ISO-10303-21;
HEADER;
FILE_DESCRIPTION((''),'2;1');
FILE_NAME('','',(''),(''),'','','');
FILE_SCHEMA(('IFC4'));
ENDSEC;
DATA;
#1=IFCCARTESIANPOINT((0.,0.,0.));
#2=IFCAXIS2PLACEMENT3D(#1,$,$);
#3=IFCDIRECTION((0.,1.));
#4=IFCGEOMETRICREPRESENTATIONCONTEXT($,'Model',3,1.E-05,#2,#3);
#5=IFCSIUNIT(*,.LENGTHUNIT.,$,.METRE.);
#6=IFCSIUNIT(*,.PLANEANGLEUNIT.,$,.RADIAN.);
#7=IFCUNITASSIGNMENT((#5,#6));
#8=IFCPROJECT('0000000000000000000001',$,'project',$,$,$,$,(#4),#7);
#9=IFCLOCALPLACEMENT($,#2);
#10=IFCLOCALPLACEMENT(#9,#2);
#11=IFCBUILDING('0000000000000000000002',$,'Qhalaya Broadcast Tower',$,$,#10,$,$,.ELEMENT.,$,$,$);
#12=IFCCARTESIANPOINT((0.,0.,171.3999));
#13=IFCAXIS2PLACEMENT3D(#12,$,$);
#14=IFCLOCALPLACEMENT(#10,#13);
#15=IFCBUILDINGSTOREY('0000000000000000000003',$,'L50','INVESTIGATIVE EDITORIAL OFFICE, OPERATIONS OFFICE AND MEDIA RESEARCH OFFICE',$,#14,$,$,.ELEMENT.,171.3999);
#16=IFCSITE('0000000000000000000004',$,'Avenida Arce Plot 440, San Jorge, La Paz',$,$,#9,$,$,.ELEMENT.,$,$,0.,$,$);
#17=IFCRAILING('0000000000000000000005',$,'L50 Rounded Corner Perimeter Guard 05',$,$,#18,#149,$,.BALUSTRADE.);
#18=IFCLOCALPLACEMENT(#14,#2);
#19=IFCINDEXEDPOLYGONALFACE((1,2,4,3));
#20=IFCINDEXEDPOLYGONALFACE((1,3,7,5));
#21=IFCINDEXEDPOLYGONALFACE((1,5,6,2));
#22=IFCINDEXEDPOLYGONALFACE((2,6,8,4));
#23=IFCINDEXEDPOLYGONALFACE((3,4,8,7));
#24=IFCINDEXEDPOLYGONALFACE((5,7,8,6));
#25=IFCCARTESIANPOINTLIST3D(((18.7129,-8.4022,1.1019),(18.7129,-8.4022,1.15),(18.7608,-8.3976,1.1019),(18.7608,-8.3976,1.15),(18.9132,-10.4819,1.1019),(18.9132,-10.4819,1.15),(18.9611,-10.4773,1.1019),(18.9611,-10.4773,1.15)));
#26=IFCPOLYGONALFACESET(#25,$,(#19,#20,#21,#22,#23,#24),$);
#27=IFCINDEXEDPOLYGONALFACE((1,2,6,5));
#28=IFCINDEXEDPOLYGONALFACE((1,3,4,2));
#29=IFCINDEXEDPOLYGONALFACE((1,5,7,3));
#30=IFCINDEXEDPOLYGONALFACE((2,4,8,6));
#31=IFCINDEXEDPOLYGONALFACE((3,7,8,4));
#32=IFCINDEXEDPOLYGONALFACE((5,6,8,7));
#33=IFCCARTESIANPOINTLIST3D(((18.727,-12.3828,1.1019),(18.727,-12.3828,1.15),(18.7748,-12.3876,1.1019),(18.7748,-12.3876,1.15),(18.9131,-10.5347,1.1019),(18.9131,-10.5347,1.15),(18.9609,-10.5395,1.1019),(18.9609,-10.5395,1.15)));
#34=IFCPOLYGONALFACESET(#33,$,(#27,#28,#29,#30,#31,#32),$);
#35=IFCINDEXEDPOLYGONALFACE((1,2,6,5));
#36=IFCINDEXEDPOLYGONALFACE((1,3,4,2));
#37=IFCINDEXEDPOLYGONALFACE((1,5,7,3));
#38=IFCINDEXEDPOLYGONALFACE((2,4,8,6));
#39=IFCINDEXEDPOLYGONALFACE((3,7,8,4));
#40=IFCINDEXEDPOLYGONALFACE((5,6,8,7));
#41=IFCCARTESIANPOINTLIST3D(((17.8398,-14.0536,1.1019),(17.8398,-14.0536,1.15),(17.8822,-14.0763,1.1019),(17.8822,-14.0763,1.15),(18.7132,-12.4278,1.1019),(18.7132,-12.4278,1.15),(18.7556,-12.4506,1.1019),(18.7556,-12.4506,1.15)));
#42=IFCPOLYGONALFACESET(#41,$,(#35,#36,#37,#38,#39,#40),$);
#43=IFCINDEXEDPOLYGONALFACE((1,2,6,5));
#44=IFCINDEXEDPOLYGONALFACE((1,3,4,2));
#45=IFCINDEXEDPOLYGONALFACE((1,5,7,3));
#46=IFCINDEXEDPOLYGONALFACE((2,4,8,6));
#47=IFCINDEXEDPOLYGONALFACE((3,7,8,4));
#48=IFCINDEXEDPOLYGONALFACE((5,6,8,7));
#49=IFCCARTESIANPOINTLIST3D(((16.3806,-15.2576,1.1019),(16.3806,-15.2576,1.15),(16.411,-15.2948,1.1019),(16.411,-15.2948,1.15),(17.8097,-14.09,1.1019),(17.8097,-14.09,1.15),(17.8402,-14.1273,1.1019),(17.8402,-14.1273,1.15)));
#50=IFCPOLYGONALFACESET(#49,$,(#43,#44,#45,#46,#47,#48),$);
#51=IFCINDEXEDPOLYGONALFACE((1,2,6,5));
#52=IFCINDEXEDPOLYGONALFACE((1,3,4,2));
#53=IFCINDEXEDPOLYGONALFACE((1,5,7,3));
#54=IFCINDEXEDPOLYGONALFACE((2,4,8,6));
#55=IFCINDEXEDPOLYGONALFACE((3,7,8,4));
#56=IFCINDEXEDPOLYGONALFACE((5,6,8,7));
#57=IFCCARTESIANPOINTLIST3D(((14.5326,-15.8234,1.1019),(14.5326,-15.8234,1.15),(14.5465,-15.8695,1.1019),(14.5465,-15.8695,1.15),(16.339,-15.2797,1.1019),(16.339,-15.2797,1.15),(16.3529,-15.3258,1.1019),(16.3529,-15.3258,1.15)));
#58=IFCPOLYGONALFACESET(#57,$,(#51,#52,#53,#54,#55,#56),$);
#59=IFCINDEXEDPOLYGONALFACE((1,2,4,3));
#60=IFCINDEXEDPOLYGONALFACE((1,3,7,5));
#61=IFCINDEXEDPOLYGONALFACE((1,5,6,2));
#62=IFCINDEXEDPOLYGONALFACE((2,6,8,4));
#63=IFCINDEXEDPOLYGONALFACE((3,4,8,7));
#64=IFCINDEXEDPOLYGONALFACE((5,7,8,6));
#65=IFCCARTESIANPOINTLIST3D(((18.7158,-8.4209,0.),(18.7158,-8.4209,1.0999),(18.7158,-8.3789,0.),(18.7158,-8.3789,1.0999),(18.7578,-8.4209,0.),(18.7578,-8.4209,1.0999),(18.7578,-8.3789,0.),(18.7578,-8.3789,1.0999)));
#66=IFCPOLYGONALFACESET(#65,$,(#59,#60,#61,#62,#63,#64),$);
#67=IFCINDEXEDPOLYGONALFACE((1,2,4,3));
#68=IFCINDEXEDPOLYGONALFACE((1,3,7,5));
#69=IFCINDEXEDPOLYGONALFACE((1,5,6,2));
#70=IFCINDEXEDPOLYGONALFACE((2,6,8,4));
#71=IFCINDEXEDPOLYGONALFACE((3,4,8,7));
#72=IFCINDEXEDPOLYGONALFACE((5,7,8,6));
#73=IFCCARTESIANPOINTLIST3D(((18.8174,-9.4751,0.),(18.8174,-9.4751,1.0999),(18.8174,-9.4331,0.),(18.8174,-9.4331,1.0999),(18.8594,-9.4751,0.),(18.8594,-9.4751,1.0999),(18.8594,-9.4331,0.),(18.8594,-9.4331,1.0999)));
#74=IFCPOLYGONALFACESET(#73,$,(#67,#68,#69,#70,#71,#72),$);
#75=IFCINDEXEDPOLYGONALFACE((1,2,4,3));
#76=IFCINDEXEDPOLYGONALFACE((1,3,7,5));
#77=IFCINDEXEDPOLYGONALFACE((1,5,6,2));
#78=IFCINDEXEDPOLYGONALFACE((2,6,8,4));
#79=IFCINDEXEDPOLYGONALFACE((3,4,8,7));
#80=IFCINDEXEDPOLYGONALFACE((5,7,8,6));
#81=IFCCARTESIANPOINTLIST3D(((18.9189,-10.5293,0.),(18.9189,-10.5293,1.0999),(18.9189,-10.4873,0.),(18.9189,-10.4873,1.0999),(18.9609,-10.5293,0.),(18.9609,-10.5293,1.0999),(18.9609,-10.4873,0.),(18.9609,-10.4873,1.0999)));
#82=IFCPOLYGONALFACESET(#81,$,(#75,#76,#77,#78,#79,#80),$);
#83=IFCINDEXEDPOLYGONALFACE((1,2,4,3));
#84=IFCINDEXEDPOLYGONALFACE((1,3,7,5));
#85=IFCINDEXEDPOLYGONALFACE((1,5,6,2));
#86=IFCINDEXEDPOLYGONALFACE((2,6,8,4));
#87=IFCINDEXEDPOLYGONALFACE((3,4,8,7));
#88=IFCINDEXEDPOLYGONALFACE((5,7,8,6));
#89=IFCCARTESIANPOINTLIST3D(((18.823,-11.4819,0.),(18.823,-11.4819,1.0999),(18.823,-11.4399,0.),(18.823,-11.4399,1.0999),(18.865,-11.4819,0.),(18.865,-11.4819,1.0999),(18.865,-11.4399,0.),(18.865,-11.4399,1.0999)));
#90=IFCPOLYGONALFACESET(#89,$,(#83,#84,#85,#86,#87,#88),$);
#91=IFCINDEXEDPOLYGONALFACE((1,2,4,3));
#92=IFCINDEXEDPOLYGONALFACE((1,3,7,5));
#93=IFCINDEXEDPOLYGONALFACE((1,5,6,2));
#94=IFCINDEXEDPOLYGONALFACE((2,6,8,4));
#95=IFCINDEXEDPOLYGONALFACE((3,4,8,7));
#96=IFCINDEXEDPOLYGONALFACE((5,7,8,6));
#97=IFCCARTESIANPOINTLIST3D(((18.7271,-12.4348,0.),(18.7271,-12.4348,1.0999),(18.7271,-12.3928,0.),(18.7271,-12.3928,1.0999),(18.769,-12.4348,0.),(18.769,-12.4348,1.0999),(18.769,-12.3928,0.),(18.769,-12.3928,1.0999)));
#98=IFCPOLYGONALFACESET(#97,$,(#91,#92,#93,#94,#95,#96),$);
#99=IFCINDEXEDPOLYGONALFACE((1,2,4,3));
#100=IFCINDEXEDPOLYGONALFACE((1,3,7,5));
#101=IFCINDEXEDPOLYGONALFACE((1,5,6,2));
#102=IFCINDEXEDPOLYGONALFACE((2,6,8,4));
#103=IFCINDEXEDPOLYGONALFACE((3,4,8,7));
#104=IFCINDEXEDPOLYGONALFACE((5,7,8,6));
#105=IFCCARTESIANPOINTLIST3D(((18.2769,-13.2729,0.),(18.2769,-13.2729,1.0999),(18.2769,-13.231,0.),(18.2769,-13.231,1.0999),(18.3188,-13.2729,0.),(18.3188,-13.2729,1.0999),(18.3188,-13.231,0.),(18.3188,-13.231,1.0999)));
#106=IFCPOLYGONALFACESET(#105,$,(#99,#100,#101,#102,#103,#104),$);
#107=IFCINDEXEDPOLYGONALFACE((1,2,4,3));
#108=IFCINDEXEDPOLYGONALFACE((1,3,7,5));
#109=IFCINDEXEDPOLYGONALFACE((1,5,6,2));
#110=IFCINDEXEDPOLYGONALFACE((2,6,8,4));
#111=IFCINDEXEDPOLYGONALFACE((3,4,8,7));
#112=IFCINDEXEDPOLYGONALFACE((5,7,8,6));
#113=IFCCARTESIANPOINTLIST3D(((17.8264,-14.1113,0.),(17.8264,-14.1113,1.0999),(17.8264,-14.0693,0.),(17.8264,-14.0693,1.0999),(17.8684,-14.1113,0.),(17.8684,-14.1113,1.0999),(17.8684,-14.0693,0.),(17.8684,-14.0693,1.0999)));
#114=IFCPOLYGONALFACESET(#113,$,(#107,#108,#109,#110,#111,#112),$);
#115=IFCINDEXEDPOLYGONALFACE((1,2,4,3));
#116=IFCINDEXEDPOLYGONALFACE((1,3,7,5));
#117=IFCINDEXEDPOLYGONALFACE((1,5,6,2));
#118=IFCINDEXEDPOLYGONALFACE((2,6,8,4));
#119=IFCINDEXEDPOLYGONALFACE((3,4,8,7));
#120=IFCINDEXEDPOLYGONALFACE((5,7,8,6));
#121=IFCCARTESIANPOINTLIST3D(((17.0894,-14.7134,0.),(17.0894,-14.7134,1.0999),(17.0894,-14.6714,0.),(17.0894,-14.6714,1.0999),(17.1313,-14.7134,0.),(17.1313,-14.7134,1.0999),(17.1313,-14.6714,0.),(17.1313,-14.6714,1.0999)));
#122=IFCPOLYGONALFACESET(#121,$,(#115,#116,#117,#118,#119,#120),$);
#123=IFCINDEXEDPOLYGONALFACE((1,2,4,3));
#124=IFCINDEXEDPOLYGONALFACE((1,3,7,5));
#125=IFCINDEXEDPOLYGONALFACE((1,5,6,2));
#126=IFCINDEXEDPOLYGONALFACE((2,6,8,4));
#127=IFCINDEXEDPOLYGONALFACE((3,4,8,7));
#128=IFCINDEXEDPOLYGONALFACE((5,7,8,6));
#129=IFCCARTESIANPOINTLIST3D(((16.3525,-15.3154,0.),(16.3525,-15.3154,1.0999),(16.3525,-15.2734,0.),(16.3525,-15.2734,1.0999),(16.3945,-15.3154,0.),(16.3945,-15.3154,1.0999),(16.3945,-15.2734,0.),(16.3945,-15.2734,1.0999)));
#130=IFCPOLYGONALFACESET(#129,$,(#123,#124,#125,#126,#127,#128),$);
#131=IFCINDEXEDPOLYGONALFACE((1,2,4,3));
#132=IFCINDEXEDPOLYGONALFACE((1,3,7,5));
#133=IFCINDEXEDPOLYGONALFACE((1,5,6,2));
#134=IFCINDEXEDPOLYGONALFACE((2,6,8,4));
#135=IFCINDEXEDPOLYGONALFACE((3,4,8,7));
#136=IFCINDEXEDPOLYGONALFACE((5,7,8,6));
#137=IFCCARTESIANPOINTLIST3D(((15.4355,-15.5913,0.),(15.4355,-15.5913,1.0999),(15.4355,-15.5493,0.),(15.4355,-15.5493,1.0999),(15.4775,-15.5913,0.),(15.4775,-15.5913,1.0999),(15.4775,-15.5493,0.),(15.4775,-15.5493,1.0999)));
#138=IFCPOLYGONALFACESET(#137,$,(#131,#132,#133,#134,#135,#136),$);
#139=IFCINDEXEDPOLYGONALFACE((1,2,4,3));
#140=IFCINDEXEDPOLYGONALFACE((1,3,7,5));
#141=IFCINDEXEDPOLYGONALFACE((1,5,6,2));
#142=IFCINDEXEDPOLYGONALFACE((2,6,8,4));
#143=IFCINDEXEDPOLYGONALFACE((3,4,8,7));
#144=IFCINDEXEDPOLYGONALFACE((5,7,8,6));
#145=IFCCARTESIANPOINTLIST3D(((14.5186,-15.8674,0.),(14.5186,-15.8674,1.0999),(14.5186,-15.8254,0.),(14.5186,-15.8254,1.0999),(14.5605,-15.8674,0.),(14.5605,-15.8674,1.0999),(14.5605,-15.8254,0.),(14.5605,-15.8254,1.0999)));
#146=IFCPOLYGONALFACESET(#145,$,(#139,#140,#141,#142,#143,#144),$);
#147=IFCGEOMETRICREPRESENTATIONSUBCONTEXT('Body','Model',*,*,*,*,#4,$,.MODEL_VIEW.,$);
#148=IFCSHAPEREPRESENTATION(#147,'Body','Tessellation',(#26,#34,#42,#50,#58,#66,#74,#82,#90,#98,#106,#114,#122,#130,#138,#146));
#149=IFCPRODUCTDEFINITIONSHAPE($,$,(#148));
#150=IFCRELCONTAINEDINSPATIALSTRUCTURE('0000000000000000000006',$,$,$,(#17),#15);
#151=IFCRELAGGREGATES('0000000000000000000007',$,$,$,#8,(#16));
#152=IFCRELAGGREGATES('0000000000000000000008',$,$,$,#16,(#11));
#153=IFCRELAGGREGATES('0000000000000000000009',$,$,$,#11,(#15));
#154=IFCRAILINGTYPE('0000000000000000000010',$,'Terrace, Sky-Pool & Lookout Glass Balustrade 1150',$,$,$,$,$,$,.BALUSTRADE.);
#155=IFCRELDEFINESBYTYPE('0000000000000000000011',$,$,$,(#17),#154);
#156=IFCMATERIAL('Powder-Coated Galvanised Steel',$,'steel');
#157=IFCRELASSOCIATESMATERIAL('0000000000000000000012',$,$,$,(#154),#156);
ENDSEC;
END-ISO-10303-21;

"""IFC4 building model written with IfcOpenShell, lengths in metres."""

from ifc_helpers import new_model, si_unit, direction, frame, origin, origin_2d, place, context, subcontext, project, spatial, rectangle, extrude, material, type_object, element, save


model = new_model("IFC4")

# Units and contexts
model_context = context("Model", 3, precision=1e-05, world=origin(), true_north=direction((0.0, 1.0)))
body_context = subcontext(model_context, "Body", "Model", "MODEL_VIEW")
ifc_project = project(units=[si_unit("LENGTHUNIT", "METRE"), si_unit("PLANEANGLEUNIT", "RADIAN")], contexts=[model_context])

# Site, building, storey
site_placement = place(None, origin())
site = spatial("IfcSite", under=ifc_project, at=site_placement, Name="Avenida Arce Plot 440, San Jorge, La Paz", CompositionType="ELEMENT", RefElevation=0.0)
building_placement = place(site_placement, origin())
building = spatial("IfcBuilding", under=site, at=building_placement, Name="Qhalaya Broadcast Tower", CompositionType="ELEMENT")
storey_placement = place(building_placement, frame((0.0, 0.0, 171.3999)))
storey = spatial("IfcBuildingStorey", under=building, at=storey_placement, Name="L50", Description="INVESTIGATIVE EDITORIAL OFFICE, OPERATIONS OFFICE AND MEDIA RESEARCH OFFICE", CompositionType="ELEMENT", Elevation=171.3999)

# Railing
ifc_material_1 = material(Name="Powder-Coated Galvanised Steel", Category="steel")
railing_type = type_object("IfcRailingType", Name="Terrace, Sky-Pool & Lookout Glass Balustrade 1150", PredefinedType="BALUSTRADE", material=ifc_material_1)
railing_1_placement = place(storey_placement, frame((18.7368, -8.3999, 0.0)))
element("IfcRailing", 1, at=railing_1_placement, inside=storey, type_object=railing_type, Name="L50 Rounded Corner Perimeter Guard 05", PredefinedType="BALUSTRADE", context=body_context, shape_type="SweptSolid", body=[
    extrude(rectangle(XDim=0.0481, YDim=0.0481, at=origin_2d()), frame((0.0, 0.0, 1.126), z_axis=(0.095897, -0.995391, 0.0), x_axis=(0.995391, 0.095897, 0.0)), (0.0, 0.0, 1.0), 2.0894),
    extrude(rectangle(XDim=0.0481, YDim=0.0481, at=origin_2d()), frame((0.2002, -2.1372, 1.126), z_axis=(-0.100198, -0.994968, 0.0), x_axis=(0.994968, -0.100198, 0.0)), (0.0, 0.0, 1.0), 1.8574),
    extrude(rectangle(XDim=0.0481, YDim=0.0481, at=origin_2d()), frame((-0.0024, -4.0393, 1.126), z_axis=(-0.473243, -0.880932, 0.0), x_axis=(0.880932, -0.473243, 0.0)), (0.0, 0.0, 1.0), 1.8455),
    extrude(rectangle(XDim=0.0481, YDim=0.0481, at=origin_2d()), frame((-0.9119, -5.7087, 1.126), z_axis=(-0.77442, -0.632672, 0.0), x_axis=(0.632672, -0.77442, 0.0)), (0.0, 0.0, 1.0), 1.8455),
    extrude(rectangle(XDim=0.0481, YDim=0.0481, at=origin_2d()), frame((-2.3909, -6.9028, 1.126), z_axis=(-0.957566, -0.288213, 0.0), x_axis=(0.288213, -0.957566, 0.0)), (0.0, 0.0, 1.0), 1.8865),
    extrude(rectangle(XDim=0.042, YDim=0.042, at=origin_2d()), origin(), (0.0, 0.0, 1.0), 1.0999),
    extrude(rectangle(XDim=0.042, YDim=0.042, at=origin_2d()), frame((0.1016, -1.0542, 0.0)), (0.0, 0.0, 1.0), 1.0999),
    extrude(rectangle(XDim=0.042, YDim=0.042, at=origin_2d()), frame((0.2031, -2.1084, 0.0)), (0.0, 0.0, 1.0), 1.0999),
    extrude(rectangle(XDim=0.042, YDim=0.042, at=origin_2d()), frame((0.1072, -3.061, 0.0)), (0.0, 0.0, 1.0), 1.0999),
    extrude(rectangle(XDim=0.042, YDim=0.042, at=origin_2d()), frame((0.0112, -4.0139, 0.0)), (0.0, 0.0, 1.0), 1.0999),
    extrude(rectangle(XDim=0.042, YDim=0.042, at=origin_2d()), frame((-0.439, -4.8521, 0.0)), (0.0, 0.0, 1.0), 1.0999),
    extrude(rectangle(XDim=0.042, YDim=0.042, at=origin_2d()), frame((-0.8894, -5.6904, 0.0)), (0.0, 0.0, 1.0), 1.0999),
    extrude(rectangle(XDim=0.042, YDim=0.042, at=origin_2d()), frame((-1.6265, -6.2925, 0.0)), (0.0, 0.0, 1.0), 1.0999),
    extrude(rectangle(XDim=0.042, YDim=0.042, at=origin_2d()), frame((-2.3633, -6.8945, 0.0)), (0.0, 0.0, 1.0), 1.0999),
    extrude(rectangle(XDim=0.042, YDim=0.042, at=origin_2d()), frame((-3.2803, -7.1704, 0.0)), (0.0, 0.0, 1.0), 1.0999),
    extrude(rectangle(XDim=0.042, YDim=0.042, at=origin_2d()), frame((-4.1973, -7.4465, 0.0)), (0.0, 0.0, 1.0), 1.0999),
])

save(model, "model.ifc")
